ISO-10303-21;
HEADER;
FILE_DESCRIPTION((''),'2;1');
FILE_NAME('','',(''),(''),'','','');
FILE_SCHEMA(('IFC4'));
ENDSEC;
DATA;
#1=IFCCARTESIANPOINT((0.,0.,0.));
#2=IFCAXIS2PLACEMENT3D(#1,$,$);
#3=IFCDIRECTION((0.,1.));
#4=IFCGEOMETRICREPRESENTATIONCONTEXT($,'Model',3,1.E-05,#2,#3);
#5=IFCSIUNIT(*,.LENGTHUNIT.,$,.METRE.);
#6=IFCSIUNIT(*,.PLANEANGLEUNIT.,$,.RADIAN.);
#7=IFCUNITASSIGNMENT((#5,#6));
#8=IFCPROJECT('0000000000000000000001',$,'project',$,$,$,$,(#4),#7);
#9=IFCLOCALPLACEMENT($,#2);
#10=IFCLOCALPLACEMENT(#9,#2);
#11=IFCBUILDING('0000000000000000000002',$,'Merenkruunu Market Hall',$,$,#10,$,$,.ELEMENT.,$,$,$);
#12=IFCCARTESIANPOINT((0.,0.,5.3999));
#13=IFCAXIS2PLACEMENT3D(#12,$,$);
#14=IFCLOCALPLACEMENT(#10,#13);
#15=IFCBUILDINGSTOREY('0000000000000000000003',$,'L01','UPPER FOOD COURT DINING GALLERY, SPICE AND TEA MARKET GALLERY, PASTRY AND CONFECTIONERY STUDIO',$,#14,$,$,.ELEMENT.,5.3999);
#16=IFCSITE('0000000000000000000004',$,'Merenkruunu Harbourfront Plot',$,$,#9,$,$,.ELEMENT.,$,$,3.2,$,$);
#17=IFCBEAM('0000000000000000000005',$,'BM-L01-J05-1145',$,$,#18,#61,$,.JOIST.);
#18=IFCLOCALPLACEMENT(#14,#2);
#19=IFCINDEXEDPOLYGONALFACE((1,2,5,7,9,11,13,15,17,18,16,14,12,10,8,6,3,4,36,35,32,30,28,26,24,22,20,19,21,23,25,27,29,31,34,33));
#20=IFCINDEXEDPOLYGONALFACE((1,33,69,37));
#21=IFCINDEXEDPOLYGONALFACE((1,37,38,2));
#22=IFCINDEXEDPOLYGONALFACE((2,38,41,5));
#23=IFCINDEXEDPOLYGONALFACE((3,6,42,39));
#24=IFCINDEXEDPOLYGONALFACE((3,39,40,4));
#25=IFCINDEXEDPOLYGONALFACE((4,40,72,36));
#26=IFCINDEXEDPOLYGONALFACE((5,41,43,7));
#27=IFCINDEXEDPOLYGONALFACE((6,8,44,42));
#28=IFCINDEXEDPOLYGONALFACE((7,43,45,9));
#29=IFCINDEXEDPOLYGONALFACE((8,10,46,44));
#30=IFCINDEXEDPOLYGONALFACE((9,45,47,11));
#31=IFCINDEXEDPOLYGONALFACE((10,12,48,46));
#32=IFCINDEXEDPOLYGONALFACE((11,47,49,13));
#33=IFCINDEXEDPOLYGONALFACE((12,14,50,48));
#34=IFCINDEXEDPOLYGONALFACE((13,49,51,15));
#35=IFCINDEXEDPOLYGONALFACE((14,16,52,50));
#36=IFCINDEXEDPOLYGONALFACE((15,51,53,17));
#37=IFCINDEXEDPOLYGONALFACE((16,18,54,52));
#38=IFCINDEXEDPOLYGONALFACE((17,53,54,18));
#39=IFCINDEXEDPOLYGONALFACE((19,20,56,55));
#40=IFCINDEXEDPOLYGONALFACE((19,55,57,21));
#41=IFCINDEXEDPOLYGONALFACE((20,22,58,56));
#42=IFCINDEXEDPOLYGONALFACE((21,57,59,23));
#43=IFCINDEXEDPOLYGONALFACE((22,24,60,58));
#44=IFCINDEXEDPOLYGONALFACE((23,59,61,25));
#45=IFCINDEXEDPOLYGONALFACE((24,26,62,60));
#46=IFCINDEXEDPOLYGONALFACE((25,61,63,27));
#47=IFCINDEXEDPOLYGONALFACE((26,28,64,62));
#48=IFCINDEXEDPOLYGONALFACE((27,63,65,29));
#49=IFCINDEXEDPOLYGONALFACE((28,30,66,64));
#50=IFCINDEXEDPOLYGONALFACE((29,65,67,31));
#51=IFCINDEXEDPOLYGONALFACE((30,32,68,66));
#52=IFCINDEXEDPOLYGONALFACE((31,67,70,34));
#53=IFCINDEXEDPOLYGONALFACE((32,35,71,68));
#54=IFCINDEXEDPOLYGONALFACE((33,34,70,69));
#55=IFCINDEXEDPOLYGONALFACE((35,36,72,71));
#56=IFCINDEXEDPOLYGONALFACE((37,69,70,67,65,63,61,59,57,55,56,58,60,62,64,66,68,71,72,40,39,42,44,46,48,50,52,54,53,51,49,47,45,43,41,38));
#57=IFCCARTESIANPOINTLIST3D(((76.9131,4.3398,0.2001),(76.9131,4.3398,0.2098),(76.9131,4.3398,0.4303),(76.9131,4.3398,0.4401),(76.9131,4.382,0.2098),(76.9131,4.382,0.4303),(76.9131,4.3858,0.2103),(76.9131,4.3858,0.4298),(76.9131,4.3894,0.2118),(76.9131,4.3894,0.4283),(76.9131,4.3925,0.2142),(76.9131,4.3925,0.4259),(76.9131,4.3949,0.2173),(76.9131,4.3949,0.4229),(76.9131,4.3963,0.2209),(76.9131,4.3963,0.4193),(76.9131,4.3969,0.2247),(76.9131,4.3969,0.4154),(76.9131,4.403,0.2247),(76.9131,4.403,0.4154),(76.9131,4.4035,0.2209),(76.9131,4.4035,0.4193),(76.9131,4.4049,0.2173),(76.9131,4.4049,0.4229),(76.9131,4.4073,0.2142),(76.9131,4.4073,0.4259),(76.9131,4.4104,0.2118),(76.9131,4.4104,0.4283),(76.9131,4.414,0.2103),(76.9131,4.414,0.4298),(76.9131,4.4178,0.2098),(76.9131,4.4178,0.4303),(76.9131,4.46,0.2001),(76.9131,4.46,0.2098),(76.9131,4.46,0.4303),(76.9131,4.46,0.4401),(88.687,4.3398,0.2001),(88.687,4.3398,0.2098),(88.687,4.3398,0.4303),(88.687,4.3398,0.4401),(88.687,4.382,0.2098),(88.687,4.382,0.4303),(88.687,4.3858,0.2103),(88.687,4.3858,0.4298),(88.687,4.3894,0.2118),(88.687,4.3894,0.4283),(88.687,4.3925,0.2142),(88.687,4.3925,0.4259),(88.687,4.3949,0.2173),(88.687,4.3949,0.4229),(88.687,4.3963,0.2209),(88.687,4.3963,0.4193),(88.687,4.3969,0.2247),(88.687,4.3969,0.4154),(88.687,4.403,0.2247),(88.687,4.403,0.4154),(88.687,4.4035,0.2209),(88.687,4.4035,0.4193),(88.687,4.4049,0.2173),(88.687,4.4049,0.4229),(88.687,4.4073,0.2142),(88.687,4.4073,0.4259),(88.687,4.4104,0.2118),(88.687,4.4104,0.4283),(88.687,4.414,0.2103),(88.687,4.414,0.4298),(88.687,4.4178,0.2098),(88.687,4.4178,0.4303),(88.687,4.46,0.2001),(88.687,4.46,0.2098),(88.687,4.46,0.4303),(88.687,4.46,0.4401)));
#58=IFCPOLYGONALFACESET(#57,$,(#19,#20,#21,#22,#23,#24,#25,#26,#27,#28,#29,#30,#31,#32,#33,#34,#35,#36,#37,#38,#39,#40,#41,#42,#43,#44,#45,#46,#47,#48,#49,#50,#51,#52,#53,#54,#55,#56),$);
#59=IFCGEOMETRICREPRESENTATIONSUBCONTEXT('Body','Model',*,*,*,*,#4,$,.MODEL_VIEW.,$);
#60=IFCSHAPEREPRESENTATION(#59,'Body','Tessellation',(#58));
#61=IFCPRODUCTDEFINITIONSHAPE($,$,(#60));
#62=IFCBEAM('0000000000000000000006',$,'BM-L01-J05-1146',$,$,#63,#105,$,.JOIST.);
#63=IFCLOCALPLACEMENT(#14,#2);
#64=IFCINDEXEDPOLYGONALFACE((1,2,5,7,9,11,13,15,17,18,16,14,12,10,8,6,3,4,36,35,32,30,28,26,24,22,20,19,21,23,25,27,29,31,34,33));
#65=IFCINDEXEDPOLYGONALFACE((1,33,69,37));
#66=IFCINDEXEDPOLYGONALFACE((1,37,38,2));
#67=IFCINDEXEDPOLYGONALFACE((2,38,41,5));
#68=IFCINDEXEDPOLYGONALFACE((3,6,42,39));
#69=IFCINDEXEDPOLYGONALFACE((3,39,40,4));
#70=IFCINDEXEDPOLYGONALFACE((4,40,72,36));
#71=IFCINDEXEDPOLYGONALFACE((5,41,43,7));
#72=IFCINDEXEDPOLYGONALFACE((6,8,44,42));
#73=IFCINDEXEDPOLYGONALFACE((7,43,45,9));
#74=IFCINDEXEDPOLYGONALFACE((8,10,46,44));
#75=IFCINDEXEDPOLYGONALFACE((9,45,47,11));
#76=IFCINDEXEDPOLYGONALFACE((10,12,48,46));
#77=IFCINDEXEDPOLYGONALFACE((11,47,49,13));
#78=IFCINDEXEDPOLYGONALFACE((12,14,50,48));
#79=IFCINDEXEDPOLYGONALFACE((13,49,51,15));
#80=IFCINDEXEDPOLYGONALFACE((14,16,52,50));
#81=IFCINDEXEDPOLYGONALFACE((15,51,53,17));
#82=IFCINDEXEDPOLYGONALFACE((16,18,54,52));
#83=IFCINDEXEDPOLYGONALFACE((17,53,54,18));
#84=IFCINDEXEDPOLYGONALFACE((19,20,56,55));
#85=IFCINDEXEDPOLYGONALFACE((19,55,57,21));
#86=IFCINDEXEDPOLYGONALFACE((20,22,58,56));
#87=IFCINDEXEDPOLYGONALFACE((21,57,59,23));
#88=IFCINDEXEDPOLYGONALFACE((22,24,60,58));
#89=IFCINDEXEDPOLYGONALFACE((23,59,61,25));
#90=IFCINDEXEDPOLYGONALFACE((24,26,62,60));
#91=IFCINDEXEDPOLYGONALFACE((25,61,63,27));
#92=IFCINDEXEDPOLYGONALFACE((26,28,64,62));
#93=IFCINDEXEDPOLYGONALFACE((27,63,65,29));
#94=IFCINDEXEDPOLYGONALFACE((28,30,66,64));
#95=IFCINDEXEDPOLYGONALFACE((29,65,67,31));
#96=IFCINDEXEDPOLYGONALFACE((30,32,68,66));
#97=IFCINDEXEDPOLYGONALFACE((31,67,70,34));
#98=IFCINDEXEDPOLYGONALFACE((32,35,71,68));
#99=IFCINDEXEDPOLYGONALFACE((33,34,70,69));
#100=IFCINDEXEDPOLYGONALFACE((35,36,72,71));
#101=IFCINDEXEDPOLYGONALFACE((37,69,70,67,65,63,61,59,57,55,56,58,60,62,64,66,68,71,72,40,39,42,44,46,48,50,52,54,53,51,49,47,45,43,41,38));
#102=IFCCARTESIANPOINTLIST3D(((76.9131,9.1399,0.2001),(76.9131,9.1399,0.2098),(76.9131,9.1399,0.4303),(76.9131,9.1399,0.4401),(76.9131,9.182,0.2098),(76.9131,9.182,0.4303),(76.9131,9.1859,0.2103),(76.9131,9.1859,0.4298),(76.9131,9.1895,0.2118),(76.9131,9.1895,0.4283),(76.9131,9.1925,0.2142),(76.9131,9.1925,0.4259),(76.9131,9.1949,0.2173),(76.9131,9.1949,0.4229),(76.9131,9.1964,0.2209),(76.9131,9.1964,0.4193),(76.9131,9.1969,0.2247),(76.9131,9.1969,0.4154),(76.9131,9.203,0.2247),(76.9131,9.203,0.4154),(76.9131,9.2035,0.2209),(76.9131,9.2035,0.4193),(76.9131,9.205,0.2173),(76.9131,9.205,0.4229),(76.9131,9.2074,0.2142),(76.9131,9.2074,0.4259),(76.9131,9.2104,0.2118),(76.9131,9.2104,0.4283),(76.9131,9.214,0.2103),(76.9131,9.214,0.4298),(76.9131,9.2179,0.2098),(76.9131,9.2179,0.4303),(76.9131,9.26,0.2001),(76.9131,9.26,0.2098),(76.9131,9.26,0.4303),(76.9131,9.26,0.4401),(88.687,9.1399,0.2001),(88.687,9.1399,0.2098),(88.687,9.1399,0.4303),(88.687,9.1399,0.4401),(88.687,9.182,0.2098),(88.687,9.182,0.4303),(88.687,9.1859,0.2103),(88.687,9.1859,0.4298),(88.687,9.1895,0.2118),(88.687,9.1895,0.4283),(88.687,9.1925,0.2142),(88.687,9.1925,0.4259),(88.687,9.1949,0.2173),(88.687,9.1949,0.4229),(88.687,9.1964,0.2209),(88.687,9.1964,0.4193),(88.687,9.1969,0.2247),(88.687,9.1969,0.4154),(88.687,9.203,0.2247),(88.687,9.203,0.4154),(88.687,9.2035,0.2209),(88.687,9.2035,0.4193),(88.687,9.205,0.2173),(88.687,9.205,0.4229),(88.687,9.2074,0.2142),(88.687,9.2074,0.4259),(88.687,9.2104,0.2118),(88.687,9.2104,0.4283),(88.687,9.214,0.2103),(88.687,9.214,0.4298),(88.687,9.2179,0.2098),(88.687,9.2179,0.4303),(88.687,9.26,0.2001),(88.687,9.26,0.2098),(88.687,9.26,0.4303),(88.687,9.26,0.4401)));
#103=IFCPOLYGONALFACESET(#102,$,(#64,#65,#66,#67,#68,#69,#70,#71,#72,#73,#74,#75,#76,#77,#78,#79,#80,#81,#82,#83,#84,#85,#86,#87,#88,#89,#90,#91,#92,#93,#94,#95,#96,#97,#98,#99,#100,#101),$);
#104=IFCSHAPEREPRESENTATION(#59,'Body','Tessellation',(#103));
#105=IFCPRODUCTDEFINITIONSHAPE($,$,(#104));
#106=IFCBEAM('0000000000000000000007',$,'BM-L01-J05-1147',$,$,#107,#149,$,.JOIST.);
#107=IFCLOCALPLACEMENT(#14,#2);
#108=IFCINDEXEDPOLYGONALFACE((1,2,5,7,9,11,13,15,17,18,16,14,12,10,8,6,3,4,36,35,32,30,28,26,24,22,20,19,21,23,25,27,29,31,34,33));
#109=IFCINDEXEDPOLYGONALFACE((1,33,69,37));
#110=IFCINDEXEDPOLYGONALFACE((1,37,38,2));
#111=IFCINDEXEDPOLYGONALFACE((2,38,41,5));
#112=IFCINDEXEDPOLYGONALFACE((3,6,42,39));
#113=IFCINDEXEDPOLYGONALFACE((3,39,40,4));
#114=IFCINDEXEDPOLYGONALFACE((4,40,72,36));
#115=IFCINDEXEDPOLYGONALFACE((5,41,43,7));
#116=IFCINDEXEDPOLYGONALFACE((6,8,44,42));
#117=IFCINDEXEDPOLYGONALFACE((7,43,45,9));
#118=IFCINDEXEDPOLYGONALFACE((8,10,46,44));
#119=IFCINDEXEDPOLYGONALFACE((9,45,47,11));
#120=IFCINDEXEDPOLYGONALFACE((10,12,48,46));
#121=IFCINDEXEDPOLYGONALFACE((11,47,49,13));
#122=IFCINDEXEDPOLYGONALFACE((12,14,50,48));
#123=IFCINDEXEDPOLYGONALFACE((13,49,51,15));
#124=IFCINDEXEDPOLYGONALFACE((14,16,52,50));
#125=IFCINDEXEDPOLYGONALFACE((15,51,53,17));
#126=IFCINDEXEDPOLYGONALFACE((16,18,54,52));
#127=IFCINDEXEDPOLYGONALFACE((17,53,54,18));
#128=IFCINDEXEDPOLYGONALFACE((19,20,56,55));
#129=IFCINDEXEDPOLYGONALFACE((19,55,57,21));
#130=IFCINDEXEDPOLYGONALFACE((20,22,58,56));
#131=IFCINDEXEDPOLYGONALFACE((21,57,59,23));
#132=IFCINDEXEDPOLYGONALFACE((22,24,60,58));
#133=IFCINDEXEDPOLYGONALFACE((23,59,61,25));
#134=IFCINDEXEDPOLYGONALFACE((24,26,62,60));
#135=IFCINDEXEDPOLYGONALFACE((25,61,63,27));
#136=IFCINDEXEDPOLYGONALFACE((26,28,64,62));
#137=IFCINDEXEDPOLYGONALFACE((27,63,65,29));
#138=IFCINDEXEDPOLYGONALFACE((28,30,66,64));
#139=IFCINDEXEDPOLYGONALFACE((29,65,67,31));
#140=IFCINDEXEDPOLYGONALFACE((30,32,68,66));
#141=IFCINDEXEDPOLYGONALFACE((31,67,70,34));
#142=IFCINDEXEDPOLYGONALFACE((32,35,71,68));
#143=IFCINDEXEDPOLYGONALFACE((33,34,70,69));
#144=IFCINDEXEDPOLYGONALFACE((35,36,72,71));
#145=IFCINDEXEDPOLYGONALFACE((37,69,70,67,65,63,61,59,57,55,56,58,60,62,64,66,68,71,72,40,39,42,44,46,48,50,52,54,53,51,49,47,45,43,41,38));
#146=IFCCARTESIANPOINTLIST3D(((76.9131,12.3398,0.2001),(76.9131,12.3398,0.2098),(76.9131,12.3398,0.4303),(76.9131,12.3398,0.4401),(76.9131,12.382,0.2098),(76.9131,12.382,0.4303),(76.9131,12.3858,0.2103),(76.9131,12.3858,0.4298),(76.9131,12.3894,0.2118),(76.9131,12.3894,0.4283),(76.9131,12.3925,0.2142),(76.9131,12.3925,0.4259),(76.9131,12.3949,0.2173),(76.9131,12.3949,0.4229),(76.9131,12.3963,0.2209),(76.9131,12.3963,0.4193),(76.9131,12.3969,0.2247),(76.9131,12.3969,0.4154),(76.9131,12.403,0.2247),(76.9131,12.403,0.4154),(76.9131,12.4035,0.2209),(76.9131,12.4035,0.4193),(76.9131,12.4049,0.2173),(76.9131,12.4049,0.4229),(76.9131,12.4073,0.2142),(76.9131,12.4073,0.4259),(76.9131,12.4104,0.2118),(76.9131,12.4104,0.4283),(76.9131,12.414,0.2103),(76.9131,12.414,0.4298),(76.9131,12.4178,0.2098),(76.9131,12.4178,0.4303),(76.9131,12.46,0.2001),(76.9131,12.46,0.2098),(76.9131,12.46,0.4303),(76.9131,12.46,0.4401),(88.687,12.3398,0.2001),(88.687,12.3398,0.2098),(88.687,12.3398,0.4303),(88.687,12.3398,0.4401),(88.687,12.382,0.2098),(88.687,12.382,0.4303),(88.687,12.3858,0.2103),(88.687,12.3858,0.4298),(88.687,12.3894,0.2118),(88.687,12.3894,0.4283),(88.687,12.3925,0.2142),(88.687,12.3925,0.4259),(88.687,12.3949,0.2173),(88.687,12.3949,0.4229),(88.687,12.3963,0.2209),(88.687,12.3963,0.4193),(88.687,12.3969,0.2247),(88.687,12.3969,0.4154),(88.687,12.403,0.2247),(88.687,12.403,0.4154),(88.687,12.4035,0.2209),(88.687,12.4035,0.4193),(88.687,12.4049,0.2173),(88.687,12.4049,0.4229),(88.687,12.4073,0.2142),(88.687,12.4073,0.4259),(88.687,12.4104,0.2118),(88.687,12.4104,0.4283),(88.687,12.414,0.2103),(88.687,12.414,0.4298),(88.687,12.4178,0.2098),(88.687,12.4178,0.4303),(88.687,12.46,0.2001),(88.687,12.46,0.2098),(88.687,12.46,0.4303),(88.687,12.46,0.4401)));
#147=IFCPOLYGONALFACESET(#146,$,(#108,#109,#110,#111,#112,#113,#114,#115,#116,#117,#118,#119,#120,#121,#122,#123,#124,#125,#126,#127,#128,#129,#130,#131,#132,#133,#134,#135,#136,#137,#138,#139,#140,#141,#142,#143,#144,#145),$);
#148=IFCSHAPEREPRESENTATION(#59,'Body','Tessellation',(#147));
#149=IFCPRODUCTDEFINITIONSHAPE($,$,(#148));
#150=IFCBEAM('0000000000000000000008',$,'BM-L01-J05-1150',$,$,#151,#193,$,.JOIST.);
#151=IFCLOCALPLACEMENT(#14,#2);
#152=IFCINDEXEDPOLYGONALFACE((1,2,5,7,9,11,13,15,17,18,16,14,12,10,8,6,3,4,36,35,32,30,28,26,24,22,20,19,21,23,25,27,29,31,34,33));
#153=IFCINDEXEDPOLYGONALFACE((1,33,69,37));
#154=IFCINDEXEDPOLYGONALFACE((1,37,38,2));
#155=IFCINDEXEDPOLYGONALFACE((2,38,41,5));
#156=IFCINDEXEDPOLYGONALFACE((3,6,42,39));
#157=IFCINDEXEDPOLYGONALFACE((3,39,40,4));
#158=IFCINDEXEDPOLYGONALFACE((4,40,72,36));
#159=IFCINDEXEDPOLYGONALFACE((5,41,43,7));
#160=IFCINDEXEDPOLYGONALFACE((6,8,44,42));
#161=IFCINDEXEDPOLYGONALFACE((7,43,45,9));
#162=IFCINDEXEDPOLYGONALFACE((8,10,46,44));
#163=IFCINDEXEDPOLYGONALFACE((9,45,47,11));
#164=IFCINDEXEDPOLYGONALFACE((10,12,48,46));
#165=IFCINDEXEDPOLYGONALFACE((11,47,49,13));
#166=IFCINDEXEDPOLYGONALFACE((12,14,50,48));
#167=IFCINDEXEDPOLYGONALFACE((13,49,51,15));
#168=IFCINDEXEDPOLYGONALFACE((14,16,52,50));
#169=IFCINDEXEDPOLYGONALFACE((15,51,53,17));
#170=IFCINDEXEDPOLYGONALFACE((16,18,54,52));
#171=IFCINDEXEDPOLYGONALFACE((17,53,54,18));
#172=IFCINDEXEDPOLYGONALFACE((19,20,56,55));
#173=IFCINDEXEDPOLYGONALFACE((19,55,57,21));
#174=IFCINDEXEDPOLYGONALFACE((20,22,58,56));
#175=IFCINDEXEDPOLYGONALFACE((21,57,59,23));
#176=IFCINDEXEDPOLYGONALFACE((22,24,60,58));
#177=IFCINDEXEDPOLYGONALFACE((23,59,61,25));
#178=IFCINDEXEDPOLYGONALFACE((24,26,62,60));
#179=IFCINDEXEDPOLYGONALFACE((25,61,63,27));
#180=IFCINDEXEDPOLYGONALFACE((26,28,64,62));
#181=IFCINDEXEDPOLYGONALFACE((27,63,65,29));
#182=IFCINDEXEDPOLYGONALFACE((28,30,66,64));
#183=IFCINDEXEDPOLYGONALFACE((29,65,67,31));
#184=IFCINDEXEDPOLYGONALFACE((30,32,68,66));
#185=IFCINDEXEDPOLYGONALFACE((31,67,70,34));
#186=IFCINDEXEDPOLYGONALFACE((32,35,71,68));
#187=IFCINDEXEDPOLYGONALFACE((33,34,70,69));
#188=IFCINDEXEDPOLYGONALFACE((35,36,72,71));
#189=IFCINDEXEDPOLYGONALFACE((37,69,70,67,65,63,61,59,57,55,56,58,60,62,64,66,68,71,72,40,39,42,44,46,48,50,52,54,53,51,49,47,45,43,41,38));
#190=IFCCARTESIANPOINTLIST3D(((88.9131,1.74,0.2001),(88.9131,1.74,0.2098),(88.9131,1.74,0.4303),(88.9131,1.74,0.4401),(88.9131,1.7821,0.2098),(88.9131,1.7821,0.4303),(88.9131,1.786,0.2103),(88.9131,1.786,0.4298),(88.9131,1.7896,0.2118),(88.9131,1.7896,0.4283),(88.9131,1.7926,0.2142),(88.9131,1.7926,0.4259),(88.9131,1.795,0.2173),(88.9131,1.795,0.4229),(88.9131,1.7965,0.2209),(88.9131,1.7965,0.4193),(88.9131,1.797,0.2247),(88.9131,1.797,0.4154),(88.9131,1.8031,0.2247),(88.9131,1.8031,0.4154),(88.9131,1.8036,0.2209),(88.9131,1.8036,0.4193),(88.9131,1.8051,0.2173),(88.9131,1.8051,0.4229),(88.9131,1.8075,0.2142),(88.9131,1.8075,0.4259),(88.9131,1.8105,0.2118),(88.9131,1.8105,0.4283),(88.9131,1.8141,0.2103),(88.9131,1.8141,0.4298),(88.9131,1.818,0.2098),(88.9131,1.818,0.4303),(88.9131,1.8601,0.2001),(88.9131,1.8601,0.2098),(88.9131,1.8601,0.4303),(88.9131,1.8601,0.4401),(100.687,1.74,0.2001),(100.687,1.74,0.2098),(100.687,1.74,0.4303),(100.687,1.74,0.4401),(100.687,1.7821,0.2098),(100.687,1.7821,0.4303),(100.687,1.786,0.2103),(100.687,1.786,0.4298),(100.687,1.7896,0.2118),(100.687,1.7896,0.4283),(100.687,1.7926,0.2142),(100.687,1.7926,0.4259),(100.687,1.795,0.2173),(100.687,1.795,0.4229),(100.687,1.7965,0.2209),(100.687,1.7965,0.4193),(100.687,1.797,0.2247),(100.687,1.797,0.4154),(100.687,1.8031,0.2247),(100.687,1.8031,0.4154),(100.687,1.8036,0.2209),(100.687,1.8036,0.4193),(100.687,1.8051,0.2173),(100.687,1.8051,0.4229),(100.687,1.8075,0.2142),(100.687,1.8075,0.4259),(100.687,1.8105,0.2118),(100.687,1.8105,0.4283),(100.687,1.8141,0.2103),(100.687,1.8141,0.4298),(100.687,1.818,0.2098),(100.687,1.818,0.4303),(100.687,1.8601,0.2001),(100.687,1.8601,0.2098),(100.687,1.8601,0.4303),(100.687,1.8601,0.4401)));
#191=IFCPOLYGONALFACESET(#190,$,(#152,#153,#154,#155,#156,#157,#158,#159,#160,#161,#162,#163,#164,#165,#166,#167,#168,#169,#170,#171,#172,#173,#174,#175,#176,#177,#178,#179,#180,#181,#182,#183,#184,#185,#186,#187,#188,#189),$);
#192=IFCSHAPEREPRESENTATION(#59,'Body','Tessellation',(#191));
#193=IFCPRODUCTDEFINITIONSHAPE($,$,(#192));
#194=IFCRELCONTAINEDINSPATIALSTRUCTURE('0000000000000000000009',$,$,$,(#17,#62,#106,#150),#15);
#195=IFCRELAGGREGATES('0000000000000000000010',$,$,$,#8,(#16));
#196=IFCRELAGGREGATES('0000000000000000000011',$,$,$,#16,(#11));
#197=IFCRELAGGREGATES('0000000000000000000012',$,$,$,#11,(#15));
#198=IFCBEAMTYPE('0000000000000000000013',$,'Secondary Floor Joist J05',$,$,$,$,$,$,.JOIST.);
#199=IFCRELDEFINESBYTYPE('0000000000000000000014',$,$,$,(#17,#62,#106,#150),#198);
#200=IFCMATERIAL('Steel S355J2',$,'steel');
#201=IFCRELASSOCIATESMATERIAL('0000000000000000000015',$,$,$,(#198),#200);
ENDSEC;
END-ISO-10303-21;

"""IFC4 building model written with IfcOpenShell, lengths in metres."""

from ifc_helpers import new_model, si_unit, direction, frame, origin, origin_2d, place, context, subcontext, project, spatial, i_section, extrude, material, material_profile, profile_set, type_object, element, save


model = new_model("IFC4")

# Units and contexts
model_context = context("Model", 3, precision=1e-05, world=origin(), true_north=direction((0.0, 1.0)))
body_context = subcontext(model_context, "Body", "Model", "MODEL_VIEW")
ifc_project = project(units=[si_unit("LENGTHUNIT", "METRE"), si_unit("PLANEANGLEUNIT", "RADIAN")], contexts=[model_context])

# Site, building, storey
site_placement = place(None, origin())
site = spatial("IfcSite", under=ifc_project, at=site_placement, Name="Merenkruunu Harbourfront Plot", CompositionType="ELEMENT", RefElevation=3.2)
building_placement = place(site_placement, origin())
building = spatial("IfcBuilding", under=site, at=building_placement, Name="Merenkruunu Market Hall", CompositionType="ELEMENT")
storey_placement = place(building_placement, frame((0.0, 0.0, 5.3999)))
storey = spatial("IfcBuildingStorey", under=building, at=storey_placement, Name="L01", Description="UPPER FOOD COURT DINING GALLERY, SPICE AND TEA MARKET GALLERY, PASTRY AND CONFECTIONERY STUDIO", CompositionType="ELEMENT", Elevation=5.3999)

# Beams
ifc_material_1 = material(Name="Steel S355J2", Category="steel")
ifc_material_profile_1 = material_profile(ifc_material_1, i_section(OverallWidth=0.1201, OverallDepth=0.24, WebThickness=0.0061, FlangeThickness=0.0098, FilletRadius=0.0149, at=origin_2d()), Name="IPE 240")
ifc_profile_set_1 = profile_set([ifc_material_profile_1], Name="Steel S355J2")
beam_type_1 = type_object("IfcBeamType", Name="Secondary Floor Joist J05", PredefinedType="JOIST", material=ifc_profile_set_1)
for number, where, z_axis, x_axis, name in (
    (1, (76.9131, 4.3999, 0.3201), (1.0, 0.0, 0.0), (0.0, 1.0, 0.0), "BM-L01-J05-1145"),
    (2, (76.9131, 9.2, 0.3201), (1.0, 0.0, 0.0), (0.0, 1.0, 0.0), "BM-L01-J05-1146"),
    (3, (76.9131, 12.3999, 0.3201), (1.0, 0.0, 0.0), (0.0, 1.0, 0.0), "BM-L01-J05-1147"),
    (4, (88.9131, 1.8, 0.3201), (1.0, 0.0, 0.0), (0.0, 1.0, 0.0), "BM-L01-J05-1150"),
):
    element("IfcBeam", number, at=place(storey_placement, frame(where, z_axis=z_axis, x_axis=x_axis)), inside=storey, type_object=beam_type_1, Name=name, PredefinedType="JOIST", context=body_context, shape_type="SweptSolid", body=[
        extrude(i_section(OverallWidth=0.1201, OverallDepth=0.24, WebThickness=0.0061, FlangeThickness=0.0098, FilletRadius=0.0149, at=origin_2d()), origin(), (0.0, 0.0, 1.0), 11.7739),
    ])

save(model, "model.ifc")
